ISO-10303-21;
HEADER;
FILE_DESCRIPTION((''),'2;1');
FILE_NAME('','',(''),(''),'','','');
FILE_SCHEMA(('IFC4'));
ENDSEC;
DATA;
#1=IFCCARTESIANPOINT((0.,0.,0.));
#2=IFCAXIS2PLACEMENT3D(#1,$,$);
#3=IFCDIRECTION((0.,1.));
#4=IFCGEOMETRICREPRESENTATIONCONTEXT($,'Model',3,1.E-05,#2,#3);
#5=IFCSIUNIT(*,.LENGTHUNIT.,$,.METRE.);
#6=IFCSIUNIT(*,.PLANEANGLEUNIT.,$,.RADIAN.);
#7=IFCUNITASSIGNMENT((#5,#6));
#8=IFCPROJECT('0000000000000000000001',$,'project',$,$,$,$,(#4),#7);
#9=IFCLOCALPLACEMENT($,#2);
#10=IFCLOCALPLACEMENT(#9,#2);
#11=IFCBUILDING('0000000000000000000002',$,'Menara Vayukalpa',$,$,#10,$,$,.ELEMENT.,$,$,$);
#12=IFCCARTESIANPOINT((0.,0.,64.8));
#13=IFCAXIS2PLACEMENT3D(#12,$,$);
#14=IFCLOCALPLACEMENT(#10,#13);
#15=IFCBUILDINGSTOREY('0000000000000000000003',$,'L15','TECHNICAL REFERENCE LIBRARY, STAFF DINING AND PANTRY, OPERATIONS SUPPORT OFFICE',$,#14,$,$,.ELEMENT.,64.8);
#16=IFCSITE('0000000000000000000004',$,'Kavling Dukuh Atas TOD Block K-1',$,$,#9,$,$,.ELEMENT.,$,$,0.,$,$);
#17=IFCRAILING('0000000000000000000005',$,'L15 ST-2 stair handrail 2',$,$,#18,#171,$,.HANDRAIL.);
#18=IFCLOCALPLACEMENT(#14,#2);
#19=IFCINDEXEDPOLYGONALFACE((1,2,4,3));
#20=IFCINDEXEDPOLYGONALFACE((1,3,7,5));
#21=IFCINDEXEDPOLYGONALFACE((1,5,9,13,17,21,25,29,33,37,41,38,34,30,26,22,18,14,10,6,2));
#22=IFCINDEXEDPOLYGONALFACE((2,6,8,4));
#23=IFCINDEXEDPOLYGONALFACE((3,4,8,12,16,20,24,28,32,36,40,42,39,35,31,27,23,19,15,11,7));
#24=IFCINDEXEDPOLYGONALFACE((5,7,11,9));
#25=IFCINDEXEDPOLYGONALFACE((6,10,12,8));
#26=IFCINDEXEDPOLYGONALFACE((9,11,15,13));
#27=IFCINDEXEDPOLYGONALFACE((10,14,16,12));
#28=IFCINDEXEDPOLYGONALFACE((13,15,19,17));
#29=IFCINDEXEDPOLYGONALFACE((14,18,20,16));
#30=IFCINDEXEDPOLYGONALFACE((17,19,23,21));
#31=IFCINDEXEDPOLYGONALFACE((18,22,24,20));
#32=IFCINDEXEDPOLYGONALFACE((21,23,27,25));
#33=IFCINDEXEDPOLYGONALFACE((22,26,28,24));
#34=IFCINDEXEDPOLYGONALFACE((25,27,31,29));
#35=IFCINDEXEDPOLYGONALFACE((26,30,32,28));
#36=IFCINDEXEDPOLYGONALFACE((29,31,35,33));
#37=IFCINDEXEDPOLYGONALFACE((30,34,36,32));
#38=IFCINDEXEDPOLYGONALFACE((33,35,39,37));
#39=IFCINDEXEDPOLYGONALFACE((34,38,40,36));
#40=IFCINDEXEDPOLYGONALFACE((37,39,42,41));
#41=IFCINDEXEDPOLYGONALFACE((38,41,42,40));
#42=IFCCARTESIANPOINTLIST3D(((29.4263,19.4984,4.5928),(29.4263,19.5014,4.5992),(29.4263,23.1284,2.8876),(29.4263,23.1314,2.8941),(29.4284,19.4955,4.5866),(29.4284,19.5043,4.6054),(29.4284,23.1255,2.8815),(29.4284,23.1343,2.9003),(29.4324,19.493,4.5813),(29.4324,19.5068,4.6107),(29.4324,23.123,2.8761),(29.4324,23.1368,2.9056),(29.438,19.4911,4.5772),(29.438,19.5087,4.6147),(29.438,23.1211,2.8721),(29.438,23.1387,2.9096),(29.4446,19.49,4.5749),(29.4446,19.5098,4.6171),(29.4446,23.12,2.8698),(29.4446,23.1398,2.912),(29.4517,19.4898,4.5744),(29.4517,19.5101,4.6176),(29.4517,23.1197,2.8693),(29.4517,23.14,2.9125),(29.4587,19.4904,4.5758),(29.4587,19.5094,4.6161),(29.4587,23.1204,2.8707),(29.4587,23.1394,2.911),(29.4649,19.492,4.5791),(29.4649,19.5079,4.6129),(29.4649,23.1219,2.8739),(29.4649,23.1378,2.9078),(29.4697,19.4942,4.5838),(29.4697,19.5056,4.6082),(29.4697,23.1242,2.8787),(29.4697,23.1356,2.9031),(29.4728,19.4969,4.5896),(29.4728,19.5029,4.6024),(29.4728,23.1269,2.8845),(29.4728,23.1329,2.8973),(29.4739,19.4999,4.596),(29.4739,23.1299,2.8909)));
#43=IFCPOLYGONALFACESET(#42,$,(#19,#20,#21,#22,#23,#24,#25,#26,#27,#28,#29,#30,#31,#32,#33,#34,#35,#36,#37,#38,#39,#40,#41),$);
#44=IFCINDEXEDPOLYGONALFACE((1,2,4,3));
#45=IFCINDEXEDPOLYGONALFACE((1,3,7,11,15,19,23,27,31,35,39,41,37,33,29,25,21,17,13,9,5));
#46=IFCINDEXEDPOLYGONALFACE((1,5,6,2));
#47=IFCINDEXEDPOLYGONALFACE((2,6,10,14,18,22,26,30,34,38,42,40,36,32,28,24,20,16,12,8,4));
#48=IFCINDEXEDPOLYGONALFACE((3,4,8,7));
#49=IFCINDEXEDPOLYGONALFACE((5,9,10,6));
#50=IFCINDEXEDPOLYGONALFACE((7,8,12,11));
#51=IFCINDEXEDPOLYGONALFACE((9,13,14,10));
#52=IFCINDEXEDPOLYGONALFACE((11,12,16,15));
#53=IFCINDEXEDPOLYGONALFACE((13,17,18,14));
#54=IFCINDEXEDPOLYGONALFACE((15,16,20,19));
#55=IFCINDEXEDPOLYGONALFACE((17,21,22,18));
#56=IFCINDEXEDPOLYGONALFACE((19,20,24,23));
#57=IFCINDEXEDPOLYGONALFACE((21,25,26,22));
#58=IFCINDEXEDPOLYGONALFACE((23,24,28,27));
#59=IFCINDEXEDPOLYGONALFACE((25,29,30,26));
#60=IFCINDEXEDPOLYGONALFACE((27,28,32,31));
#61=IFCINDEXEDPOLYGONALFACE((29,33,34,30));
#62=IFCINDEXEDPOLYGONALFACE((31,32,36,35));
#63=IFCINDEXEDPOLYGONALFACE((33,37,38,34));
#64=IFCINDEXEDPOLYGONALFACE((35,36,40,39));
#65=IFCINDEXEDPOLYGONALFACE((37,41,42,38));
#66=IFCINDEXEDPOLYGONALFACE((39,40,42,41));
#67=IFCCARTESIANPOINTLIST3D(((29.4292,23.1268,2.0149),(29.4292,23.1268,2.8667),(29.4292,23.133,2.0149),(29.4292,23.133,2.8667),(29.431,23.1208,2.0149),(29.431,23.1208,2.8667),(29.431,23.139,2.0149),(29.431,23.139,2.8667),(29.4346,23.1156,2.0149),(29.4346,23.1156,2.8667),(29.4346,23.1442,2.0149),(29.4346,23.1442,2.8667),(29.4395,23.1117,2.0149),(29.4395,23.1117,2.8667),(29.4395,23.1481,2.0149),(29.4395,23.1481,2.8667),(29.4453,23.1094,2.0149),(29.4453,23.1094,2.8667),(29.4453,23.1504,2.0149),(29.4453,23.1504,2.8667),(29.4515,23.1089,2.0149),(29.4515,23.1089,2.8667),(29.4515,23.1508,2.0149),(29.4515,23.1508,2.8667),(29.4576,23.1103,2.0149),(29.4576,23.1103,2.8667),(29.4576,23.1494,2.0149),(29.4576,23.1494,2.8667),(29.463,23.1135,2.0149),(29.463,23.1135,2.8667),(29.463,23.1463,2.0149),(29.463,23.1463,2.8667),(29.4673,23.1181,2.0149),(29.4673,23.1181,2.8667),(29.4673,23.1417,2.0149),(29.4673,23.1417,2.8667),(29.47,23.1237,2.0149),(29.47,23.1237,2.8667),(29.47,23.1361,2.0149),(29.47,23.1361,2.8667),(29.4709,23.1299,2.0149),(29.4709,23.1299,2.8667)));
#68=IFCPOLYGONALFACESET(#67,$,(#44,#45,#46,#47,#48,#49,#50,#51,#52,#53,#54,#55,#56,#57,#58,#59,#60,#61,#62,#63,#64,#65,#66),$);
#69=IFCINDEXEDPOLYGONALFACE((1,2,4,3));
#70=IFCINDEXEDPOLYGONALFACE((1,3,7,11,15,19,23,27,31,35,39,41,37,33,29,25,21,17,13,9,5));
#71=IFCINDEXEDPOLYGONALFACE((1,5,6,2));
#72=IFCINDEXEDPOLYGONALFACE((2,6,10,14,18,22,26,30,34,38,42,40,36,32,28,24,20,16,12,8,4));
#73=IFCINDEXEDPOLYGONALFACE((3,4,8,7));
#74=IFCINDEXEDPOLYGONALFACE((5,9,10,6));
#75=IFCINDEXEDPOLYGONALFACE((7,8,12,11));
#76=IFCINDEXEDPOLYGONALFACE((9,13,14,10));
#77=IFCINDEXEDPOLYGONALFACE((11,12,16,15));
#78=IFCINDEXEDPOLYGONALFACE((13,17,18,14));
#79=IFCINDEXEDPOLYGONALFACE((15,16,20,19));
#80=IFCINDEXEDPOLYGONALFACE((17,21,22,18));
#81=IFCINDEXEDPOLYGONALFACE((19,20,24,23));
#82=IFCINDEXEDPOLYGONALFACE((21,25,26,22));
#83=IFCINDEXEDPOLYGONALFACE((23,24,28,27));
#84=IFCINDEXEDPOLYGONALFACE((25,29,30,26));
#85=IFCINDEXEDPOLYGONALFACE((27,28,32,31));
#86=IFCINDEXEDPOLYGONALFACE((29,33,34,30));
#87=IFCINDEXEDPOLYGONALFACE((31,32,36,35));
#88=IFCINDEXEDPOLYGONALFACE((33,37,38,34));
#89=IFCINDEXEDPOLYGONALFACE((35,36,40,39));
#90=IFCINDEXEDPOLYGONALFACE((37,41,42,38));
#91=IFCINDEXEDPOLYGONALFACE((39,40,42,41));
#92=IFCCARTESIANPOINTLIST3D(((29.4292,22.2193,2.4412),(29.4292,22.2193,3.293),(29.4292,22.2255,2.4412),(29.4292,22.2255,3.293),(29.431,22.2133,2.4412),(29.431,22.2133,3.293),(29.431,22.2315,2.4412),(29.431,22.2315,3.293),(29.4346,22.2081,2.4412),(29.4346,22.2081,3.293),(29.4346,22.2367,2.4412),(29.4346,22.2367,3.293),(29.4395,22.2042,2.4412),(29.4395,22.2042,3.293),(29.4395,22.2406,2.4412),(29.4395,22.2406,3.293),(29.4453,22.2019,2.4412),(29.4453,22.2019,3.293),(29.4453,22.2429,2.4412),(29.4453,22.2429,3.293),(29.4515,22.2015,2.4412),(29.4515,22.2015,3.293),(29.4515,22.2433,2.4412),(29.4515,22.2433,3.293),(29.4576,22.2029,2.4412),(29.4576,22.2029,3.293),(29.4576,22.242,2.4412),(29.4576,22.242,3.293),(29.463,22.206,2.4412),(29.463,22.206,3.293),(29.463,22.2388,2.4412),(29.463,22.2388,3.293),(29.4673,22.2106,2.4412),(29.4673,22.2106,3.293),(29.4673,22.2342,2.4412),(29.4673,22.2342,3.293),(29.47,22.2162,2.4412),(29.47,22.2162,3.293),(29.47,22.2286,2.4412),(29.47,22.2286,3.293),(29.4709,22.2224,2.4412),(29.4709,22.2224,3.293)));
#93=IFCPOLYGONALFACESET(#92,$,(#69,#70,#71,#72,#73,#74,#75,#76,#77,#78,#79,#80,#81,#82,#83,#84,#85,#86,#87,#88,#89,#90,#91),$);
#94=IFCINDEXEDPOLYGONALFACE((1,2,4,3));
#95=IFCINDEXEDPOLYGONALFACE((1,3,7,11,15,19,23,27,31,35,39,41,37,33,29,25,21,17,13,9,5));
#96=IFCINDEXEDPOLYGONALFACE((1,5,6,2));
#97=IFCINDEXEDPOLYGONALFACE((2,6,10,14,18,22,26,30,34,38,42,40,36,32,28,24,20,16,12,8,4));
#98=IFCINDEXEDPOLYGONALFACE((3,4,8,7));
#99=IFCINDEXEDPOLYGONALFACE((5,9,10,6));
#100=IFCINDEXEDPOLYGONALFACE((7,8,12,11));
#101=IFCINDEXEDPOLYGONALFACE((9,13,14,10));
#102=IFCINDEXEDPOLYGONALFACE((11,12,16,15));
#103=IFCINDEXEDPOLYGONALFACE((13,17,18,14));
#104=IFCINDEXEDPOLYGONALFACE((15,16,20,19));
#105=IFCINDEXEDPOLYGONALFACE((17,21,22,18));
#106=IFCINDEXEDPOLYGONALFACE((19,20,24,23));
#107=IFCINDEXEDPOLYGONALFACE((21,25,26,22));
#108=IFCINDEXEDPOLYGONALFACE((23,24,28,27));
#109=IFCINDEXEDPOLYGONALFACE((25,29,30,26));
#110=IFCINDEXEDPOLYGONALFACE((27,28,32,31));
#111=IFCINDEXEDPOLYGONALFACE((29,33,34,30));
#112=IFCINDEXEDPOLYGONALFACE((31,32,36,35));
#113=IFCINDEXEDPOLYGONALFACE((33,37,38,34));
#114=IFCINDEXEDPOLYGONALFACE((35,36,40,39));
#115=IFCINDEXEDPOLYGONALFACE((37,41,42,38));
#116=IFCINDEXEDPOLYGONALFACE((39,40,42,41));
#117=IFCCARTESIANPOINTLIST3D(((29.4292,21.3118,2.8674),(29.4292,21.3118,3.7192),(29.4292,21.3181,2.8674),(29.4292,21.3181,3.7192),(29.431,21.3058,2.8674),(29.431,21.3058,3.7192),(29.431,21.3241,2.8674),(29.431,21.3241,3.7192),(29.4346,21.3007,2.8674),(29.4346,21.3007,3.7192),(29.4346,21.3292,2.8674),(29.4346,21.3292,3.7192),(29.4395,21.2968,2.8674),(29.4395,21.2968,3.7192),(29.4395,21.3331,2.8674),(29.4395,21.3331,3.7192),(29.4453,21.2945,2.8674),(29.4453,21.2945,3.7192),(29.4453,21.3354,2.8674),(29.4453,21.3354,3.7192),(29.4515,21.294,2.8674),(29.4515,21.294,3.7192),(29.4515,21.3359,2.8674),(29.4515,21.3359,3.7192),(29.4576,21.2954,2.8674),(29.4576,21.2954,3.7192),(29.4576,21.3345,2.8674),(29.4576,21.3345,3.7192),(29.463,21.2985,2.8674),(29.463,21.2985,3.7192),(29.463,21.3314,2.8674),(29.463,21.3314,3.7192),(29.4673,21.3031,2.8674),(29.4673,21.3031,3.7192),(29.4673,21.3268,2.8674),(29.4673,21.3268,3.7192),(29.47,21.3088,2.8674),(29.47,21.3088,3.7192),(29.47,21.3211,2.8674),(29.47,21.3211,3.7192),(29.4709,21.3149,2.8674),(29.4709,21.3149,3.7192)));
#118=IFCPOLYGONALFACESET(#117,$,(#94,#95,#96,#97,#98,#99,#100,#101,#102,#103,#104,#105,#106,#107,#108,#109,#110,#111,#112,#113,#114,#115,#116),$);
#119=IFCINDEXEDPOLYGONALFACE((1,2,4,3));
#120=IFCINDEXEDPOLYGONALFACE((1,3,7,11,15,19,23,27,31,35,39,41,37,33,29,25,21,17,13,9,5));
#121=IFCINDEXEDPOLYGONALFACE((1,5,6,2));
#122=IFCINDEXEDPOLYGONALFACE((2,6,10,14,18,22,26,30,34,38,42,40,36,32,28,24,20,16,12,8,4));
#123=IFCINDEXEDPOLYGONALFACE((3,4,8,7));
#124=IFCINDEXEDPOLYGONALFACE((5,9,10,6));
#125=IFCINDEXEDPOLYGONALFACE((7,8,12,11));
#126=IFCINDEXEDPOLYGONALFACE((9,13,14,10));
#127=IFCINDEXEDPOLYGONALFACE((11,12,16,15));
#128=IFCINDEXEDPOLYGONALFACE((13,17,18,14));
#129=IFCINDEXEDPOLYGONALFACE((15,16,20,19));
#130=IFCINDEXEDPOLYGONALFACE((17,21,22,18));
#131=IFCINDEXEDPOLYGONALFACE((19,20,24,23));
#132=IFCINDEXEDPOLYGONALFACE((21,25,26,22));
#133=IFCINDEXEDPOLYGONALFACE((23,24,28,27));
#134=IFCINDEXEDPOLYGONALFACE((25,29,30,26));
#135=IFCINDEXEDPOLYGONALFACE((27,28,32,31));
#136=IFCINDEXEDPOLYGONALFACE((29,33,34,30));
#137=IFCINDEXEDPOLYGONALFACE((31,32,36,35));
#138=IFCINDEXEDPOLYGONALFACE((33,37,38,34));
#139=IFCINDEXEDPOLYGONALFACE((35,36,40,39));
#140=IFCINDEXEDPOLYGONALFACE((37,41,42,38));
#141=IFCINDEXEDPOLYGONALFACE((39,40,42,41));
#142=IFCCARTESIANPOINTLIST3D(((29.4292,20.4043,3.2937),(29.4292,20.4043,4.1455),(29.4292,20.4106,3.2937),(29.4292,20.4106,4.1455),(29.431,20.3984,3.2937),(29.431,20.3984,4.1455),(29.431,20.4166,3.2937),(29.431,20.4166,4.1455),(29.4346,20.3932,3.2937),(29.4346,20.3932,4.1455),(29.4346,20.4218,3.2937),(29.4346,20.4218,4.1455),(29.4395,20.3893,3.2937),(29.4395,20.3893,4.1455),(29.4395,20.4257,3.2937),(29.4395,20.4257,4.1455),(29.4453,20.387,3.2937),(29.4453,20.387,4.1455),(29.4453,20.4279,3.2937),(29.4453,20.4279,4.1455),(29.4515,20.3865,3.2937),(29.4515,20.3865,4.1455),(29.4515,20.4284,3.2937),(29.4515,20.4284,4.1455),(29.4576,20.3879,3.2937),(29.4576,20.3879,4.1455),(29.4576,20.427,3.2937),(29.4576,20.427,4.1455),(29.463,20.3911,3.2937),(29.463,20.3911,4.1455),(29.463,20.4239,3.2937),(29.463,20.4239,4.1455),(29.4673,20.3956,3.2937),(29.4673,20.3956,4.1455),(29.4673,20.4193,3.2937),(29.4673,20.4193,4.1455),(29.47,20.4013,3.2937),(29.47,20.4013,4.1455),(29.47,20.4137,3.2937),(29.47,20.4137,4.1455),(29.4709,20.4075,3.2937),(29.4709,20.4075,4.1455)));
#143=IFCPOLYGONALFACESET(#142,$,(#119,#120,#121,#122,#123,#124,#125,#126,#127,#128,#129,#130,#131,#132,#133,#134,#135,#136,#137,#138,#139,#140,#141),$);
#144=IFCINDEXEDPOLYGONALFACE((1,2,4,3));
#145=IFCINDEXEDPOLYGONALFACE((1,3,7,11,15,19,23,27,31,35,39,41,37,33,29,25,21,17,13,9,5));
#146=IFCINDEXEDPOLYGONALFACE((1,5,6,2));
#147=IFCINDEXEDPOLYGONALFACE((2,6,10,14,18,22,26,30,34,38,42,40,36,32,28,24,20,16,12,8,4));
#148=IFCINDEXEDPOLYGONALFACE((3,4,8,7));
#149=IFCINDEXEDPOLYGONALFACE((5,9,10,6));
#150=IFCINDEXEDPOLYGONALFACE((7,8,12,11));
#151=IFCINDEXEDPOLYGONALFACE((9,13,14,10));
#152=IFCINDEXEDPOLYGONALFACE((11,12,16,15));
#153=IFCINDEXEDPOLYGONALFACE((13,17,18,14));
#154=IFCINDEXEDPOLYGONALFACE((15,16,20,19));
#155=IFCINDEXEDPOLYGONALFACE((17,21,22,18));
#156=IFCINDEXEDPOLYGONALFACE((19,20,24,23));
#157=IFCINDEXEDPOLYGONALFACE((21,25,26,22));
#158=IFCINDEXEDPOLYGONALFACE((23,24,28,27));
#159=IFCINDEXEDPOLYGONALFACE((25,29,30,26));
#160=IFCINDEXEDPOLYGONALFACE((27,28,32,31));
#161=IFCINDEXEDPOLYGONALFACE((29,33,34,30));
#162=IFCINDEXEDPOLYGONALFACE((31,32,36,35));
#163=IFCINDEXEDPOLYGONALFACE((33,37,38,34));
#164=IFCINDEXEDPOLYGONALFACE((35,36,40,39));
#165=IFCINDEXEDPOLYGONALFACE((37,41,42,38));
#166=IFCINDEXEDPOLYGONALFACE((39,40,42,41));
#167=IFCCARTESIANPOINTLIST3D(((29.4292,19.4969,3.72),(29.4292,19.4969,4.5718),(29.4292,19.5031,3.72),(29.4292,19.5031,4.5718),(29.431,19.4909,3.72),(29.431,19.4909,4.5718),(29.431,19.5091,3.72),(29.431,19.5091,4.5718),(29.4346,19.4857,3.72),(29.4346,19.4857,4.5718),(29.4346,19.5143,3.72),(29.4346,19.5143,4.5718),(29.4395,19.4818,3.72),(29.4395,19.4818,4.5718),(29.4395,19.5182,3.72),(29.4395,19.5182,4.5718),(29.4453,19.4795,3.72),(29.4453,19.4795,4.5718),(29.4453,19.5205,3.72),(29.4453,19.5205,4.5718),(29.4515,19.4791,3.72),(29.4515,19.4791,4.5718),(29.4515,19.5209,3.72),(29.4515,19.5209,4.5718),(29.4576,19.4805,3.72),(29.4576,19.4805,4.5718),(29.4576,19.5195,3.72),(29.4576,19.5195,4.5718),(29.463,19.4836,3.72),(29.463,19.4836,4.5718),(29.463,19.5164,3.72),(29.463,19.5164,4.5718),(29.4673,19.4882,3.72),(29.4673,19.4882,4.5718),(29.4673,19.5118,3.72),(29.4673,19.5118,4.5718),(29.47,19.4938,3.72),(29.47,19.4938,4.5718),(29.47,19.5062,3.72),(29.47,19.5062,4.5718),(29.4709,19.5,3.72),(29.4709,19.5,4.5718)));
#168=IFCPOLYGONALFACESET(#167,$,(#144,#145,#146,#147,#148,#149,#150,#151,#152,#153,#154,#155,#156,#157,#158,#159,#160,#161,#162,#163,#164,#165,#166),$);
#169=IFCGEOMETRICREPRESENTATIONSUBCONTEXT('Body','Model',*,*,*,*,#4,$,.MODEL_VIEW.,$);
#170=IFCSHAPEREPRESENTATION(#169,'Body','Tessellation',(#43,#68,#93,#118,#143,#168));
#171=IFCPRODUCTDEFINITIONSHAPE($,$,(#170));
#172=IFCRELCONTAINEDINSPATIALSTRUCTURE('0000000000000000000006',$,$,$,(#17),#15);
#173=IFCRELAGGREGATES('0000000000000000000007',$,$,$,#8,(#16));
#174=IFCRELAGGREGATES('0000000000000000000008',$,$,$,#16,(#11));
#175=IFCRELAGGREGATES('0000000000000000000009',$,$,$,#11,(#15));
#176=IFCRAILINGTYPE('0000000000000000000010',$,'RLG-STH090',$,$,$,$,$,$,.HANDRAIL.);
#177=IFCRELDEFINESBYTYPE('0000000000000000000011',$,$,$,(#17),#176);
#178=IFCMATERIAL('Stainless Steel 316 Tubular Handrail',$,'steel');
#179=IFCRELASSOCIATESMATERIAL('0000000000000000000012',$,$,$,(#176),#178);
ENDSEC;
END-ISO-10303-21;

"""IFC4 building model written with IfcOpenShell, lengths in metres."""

from ifc_helpers import new_model, si_unit, direction, frame, origin, origin_2d, place, context, subcontext, project, spatial, circle, extrude, material, type_object, element, save


model = new_model("IFC4")

# Units and contexts
model_context = context("Model", 3, precision=1e-05, world=origin(), true_north=direction((0.0, 1.0)))
body_context = subcontext(model_context, "Body", "Model", "MODEL_VIEW")
ifc_project = project(units=[si_unit("LENGTHUNIT", "METRE"), si_unit("PLANEANGLEUNIT", "RADIAN")], contexts=[model_context])

# Site, building, storey
site_placement = place(None, origin())
site = spatial("IfcSite", under=ifc_project, at=site_placement, Name="Kavling Dukuh Atas TOD Block K-1", CompositionType="ELEMENT", RefElevation=0.0)
building_placement = place(site_placement, origin())
building = spatial("IfcBuilding", under=site, at=building_placement, Name="Menara Vayukalpa", CompositionType="ELEMENT")
storey_placement = place(building_placement, frame((0.0, 0.0, 64.8)))
storey = spatial("IfcBuildingStorey", under=building, at=storey_placement, Name="L15", Description="TECHNICAL REFERENCE LIBRARY, STAFF DINING AND PANTRY, OPERATIONS SUPPORT OFFICE", CompositionType="ELEMENT", Elevation=64.8)

# Railing
ifc_material_1 = material(Name="Stainless Steel 316 Tubular Handrail", Category="steel")
railing_type_1 = type_object("IfcRailingType", Name="RLG-STH090", PredefinedType="HANDRAIL", material=ifc_material_1)
railing_1_placement = place(storey_placement, frame((29.45, 23.1299, 2.0149)))
element("IfcRailing", 1, at=railing_1_placement, inside=storey, type_object=railing_type_1, Name="L15 ST-2 stair handrail 2", PredefinedType="HANDRAIL", context=body_context, shape_type="SweptSolid", body=[
    extrude(circle(Radius=0.0239, at=origin_2d()), frame((0.0, 0.0, 0.876), z_axis=(0.0, -0.905116, 0.425164), x_axis=(1.0, 0.0, 0.0)), (0.0, 0.0, 1.0), 4.0105),
    extrude(circle(Radius=0.021, at=origin_2d()), origin(), (0.0, 0.0, 1.0), 0.8518),
    extrude(circle(Radius=0.021, at=origin_2d()), frame((0.0, -0.9075, 0.4263)), (0.0, 0.0, 1.0), 0.8518),
    extrude(circle(Radius=0.021, at=origin_2d()), frame((0.0, -1.8149, 0.8525)), (0.0, 0.0, 1.0), 0.8518),
    extrude(circle(Radius=0.021, at=origin_2d()), frame((0.0, -2.7224, 1.2788)), (0.0, 0.0, 1.0), 0.8518),
    extrude(circle(Radius=0.021, at=origin_2d()), frame((0.0, -3.6299, 1.7051)), (0.0, 0.0, 1.0), 0.8518),
])

save(model, "model.ifc")
